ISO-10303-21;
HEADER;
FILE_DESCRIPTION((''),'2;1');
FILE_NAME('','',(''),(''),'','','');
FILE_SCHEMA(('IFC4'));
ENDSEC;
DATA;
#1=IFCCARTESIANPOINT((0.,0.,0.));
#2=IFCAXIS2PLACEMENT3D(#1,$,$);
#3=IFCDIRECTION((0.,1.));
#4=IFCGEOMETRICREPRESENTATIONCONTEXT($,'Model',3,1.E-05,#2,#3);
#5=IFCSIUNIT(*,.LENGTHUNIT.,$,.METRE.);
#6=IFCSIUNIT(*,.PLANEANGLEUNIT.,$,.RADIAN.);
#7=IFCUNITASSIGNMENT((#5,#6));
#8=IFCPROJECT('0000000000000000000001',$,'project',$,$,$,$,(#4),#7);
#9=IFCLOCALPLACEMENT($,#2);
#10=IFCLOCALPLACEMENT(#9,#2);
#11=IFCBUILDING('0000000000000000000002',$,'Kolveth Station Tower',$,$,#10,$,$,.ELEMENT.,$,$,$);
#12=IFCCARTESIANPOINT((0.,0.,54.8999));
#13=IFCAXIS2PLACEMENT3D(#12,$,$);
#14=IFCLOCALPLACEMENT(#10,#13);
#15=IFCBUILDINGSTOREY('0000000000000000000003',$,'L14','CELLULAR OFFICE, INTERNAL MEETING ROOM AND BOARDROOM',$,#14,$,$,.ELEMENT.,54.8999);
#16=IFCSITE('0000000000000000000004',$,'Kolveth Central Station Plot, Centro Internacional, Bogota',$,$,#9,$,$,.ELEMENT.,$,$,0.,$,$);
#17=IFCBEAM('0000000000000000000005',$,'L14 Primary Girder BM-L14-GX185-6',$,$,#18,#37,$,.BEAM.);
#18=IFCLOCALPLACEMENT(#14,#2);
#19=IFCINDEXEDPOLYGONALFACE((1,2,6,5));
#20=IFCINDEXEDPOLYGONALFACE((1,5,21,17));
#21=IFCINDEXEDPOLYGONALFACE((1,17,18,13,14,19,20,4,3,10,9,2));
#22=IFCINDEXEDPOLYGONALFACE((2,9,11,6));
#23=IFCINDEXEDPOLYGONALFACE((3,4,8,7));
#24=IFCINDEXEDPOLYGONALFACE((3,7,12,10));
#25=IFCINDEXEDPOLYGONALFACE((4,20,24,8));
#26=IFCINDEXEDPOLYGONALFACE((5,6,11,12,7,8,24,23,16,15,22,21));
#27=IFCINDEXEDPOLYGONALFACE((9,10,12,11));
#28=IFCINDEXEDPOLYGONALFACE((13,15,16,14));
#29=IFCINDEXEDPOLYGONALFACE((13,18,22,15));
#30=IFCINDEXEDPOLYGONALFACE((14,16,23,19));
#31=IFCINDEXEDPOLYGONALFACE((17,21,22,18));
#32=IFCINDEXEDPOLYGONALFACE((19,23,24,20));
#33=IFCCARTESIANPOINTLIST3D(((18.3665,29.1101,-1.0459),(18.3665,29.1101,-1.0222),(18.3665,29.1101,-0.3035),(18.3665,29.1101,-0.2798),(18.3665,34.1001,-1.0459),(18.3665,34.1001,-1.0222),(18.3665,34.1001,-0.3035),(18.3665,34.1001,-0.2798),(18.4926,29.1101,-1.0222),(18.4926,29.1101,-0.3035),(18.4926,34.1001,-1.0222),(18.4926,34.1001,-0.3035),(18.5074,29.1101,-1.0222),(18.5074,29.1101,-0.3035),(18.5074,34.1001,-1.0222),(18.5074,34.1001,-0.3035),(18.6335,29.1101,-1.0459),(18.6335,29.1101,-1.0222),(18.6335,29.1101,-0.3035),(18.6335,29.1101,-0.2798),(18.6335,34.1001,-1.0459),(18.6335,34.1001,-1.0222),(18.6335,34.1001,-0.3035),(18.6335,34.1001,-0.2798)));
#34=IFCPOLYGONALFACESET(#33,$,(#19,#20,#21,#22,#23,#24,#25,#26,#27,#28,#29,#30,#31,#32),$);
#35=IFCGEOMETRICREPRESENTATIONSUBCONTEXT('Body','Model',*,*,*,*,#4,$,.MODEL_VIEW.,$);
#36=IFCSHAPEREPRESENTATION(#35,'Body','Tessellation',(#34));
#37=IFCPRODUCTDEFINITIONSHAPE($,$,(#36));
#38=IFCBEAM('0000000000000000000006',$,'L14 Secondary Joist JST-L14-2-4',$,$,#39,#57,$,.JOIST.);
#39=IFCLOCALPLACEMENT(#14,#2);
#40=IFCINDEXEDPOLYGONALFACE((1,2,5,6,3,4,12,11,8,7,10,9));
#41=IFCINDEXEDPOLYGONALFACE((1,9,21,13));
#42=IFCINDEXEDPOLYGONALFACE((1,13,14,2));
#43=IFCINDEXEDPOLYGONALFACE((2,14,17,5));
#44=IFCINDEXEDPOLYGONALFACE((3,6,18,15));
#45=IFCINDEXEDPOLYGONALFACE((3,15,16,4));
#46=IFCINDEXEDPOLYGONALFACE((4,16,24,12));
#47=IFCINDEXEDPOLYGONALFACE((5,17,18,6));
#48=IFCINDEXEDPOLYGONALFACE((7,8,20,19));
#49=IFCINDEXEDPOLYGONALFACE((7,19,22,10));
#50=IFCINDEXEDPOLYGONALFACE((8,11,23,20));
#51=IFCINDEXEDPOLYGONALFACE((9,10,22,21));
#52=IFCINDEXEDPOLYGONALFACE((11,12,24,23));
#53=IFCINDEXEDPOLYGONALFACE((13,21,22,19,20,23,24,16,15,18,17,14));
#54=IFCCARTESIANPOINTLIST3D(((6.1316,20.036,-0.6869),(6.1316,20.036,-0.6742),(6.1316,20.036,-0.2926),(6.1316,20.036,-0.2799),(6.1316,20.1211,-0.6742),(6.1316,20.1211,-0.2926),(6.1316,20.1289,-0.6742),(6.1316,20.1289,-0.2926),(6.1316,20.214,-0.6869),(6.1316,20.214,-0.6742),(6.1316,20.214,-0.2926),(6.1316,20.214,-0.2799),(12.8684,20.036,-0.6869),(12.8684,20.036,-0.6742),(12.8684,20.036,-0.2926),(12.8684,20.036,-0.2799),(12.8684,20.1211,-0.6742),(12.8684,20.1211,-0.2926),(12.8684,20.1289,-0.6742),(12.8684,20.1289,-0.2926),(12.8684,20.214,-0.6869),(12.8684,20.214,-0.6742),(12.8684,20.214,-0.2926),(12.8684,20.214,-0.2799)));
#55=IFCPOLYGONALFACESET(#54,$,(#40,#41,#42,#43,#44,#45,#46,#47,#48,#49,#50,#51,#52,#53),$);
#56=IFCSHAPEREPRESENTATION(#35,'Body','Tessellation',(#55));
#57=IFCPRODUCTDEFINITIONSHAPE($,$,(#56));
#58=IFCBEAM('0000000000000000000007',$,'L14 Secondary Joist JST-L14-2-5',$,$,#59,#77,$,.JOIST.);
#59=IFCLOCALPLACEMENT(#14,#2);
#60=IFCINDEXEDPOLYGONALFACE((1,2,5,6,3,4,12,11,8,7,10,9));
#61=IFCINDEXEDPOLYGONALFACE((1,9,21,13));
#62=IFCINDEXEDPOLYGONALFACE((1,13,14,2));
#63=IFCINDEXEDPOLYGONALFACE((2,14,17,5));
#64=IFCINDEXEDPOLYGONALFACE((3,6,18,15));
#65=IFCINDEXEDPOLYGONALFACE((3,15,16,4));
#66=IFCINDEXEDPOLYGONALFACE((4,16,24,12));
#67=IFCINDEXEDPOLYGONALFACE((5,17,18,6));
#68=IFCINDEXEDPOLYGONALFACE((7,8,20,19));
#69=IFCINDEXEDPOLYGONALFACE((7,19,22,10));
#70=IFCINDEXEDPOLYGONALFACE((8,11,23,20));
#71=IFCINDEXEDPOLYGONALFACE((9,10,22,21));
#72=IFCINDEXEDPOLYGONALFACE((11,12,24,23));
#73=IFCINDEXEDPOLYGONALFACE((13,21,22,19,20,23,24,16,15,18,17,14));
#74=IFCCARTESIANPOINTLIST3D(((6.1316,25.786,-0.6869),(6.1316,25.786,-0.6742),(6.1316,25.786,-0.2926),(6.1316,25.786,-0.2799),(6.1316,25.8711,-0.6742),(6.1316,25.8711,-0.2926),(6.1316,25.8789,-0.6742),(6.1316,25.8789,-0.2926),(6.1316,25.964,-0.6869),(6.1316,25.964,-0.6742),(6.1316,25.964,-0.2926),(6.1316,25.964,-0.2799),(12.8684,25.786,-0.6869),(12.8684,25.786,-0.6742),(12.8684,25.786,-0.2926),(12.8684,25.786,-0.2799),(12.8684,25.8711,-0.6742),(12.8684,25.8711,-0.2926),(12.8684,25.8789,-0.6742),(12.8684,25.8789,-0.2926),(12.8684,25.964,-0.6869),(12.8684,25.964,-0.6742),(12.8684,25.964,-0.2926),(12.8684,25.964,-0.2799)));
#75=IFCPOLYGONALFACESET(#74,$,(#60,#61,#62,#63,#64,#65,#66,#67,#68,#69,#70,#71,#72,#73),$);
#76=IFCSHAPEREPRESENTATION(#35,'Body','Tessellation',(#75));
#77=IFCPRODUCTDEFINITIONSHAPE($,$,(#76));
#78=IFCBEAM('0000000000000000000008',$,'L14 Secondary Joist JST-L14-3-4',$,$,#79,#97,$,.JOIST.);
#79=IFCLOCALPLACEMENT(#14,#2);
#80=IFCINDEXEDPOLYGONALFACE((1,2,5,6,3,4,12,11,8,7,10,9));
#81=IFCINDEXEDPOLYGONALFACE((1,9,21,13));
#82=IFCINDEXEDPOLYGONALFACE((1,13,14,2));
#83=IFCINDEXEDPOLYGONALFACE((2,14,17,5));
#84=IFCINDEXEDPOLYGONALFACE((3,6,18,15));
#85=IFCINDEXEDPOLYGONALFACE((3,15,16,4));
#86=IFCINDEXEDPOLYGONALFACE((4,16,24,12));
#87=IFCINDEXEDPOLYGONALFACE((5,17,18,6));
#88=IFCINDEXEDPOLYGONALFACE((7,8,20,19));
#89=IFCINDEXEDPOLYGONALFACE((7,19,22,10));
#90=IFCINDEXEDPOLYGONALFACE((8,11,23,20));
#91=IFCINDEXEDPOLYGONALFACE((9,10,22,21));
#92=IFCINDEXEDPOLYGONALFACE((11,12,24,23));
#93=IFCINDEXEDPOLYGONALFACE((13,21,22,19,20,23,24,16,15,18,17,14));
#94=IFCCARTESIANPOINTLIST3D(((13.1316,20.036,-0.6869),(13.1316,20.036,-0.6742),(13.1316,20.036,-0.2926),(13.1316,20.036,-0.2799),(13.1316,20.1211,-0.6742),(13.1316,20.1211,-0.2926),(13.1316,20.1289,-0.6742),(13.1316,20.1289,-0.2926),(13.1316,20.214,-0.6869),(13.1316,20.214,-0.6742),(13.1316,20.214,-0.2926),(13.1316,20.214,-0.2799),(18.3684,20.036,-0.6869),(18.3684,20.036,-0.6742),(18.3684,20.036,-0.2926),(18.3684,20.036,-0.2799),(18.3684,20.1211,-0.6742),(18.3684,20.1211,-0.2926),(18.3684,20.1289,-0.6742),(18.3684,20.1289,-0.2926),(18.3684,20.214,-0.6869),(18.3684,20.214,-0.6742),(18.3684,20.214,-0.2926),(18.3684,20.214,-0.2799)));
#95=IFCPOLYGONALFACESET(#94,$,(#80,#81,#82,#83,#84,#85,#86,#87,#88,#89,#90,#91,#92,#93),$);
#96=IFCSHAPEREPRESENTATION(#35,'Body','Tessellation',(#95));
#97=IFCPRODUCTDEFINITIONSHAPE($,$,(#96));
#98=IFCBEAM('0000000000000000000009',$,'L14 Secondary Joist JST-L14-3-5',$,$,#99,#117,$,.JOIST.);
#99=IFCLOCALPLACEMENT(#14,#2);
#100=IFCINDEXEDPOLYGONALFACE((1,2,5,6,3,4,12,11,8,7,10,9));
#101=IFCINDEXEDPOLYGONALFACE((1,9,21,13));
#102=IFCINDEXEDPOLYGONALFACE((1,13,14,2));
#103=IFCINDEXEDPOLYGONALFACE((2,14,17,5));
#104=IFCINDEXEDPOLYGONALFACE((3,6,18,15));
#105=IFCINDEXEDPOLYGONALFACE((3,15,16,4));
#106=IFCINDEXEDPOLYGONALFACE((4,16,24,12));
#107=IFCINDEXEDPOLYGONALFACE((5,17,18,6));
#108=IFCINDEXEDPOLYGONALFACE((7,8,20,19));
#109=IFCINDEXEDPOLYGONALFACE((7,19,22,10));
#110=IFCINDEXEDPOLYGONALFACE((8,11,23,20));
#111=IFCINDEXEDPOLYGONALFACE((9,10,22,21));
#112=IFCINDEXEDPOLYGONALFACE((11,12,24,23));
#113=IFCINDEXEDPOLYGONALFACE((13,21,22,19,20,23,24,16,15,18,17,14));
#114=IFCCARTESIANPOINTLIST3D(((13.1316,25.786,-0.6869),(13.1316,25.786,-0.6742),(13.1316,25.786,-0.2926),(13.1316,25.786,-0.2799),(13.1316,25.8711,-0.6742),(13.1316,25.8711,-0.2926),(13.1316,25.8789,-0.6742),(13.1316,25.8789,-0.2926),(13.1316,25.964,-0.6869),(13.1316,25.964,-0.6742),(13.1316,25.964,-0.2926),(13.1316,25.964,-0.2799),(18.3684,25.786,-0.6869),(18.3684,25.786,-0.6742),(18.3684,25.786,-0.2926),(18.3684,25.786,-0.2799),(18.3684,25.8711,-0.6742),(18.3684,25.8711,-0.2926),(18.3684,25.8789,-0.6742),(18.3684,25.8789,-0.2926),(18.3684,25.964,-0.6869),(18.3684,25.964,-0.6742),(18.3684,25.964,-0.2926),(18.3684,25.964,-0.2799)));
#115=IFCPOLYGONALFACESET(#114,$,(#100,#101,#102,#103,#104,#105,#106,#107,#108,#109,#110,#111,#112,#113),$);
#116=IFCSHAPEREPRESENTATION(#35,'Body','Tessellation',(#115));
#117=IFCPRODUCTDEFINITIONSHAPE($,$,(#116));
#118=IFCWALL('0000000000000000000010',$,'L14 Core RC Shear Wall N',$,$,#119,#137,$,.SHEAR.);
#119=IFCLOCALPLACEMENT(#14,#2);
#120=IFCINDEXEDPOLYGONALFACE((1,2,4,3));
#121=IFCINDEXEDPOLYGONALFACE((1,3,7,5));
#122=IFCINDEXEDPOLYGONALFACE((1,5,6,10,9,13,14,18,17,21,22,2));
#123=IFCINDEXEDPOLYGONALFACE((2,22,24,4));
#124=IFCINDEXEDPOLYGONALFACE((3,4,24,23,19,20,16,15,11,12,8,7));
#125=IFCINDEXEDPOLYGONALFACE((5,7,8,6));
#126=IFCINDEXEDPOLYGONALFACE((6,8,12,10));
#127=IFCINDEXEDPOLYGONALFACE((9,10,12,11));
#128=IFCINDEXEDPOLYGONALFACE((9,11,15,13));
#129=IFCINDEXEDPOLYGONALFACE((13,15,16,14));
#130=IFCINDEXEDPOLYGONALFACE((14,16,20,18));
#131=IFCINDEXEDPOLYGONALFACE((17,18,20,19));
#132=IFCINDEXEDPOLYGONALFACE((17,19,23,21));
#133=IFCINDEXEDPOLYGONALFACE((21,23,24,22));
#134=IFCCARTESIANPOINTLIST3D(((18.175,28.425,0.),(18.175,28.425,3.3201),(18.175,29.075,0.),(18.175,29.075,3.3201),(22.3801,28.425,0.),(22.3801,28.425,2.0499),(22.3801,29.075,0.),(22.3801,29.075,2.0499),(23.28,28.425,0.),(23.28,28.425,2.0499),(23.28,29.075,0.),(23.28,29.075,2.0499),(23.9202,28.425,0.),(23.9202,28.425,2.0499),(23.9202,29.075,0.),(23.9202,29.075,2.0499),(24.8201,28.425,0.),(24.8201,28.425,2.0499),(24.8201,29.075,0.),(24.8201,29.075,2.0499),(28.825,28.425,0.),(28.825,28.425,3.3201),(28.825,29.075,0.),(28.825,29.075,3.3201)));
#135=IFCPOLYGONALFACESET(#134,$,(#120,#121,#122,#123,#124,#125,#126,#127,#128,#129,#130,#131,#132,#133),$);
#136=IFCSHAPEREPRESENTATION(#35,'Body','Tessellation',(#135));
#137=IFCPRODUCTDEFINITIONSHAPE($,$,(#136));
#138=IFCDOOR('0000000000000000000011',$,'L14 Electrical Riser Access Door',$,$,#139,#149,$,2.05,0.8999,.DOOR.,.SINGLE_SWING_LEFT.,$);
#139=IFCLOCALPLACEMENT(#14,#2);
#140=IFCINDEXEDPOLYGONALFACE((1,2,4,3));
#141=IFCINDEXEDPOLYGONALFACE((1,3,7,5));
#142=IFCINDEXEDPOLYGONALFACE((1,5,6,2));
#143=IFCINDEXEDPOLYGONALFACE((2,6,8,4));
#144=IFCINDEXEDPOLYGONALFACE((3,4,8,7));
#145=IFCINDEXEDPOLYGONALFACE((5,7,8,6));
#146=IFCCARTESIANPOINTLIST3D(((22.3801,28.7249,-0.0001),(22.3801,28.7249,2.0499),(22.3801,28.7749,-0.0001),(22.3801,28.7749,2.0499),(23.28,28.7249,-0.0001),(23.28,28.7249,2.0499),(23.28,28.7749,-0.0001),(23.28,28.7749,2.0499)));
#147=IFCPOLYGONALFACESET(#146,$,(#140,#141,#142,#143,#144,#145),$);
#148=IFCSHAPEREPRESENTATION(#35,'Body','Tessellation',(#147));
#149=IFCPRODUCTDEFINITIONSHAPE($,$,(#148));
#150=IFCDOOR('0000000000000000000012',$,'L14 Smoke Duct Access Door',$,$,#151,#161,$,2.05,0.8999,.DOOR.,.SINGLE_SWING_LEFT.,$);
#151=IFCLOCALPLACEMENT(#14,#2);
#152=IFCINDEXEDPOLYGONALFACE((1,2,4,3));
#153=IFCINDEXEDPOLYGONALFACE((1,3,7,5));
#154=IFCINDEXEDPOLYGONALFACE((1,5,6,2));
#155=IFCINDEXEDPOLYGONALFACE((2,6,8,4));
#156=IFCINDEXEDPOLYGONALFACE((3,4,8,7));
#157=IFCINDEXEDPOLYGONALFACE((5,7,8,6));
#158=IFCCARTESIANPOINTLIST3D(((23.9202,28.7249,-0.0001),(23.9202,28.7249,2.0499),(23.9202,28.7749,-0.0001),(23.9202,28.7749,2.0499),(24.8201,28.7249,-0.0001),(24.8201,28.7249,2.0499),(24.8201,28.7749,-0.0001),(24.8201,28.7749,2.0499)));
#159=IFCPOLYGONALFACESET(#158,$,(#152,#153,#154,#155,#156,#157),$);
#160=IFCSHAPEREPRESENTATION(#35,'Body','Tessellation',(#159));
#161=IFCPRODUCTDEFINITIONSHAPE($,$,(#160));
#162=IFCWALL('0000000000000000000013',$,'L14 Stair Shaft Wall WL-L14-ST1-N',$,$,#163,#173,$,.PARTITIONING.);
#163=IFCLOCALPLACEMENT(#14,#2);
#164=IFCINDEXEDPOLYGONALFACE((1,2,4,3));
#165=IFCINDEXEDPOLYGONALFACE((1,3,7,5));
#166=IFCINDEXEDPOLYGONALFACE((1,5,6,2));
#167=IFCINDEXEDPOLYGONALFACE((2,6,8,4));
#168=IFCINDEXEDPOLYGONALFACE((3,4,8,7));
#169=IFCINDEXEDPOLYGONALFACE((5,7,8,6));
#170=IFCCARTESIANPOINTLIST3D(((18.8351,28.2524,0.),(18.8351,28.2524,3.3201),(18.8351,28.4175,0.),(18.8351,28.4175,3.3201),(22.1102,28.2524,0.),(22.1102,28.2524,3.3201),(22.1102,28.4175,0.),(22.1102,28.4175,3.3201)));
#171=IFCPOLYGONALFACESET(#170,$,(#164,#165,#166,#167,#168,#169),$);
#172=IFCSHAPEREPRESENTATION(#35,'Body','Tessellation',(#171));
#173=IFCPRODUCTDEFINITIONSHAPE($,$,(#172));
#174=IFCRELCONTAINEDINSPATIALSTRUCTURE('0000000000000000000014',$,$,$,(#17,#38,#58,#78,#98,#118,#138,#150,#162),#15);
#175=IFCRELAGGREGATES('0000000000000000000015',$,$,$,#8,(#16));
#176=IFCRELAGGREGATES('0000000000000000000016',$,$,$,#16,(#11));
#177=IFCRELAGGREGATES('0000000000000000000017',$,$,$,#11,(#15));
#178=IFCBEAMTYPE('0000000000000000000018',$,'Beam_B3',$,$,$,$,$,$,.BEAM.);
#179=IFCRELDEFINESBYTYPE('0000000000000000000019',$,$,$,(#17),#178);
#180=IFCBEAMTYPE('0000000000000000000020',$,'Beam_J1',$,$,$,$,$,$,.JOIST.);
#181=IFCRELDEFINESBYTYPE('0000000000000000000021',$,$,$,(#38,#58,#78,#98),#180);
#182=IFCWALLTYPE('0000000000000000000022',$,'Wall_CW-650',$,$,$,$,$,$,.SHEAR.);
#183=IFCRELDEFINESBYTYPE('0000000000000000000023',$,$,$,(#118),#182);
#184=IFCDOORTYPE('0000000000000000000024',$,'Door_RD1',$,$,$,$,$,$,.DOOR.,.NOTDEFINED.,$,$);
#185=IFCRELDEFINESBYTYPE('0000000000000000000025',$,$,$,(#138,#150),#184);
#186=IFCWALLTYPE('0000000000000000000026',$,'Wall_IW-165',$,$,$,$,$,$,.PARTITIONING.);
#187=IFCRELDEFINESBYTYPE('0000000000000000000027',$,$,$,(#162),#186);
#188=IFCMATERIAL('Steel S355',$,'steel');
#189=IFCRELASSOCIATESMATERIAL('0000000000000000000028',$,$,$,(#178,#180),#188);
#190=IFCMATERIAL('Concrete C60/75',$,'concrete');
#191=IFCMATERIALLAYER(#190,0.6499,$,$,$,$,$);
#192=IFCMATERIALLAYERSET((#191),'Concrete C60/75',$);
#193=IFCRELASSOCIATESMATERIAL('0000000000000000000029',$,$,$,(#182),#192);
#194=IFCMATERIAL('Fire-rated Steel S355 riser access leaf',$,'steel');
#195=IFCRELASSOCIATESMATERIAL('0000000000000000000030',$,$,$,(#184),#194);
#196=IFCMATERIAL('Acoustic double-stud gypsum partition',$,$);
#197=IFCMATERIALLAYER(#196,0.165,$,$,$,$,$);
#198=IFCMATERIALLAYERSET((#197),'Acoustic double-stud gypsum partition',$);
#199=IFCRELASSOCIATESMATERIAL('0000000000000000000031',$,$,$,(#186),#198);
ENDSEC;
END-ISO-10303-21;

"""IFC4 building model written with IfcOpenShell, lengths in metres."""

from ifc_helpers import new_model, si_unit, direction, frame, frame_2d, origin, origin_2d, place, context, subcontext, project, spatial, rectangle, i_section, extrude, source, transform, mapped, material, layer, layer_set, material_profile, profile_set, type_object, element, fill, save


model = new_model("IFC4")

# Units and contexts
model_context = context("Model", 3, precision=1e-05, world=origin(), true_north=direction((0.0, 1.0)))
body_context = subcontext(model_context, "Body", "Model", "MODEL_VIEW")
ifc_project = project(units=[si_unit("LENGTHUNIT", "METRE"), si_unit("PLANEANGLEUNIT", "RADIAN")], contexts=[model_context])

# Site, building, storey
site_placement = place(None, origin())
site = spatial("IfcSite", under=ifc_project, at=site_placement, Name="Kolveth Central Station Plot, Centro Internacional, Bogota", CompositionType="ELEMENT", RefElevation=0.0)
building_placement = place(site_placement, origin())
building = spatial("IfcBuilding", under=site, at=building_placement, Name="Kolveth Station Tower", CompositionType="ELEMENT")
storey_placement = place(building_placement, frame((0.0, 0.0, 54.8999)))
storey = spatial("IfcBuildingStorey", under=building, at=storey_placement, Name="L14", Description="CELLULAR OFFICE, INTERNAL MEETING ROOM AND BOARDROOM", CompositionType="ELEMENT", Elevation=54.8999)

# Beams
ifc_material_1 = material(Name="Steel S355", Category="steel")
ifc_material_profile_1 = material_profile(ifc_material_1, i_section(OverallWidth=0.2671, OverallDepth=0.7661, WebThickness=0.0149, FlangeThickness=0.0237, at=origin_2d()), Name="W760x185")
ifc_profile_set_1 = profile_set([ifc_material_profile_1], Name="Steel S355")
beam_type_1 = type_object("IfcBeamType", Name="Beam_B3", PredefinedType="BEAM", material=ifc_profile_set_1)
shared_shape_1 = source(origin(), body_context, "Body", "SweptSolid", [
    extrude(i_section(OverallWidth=0.2671, OverallDepth=0.7661, WebThickness=0.0149, FlangeThickness=0.0237, at=origin_2d()), origin(), (0.0, 0.0, 1.0), 4.99),
])
beam_1_placement = place(storey_placement, frame((18.5, 29.1101, -0.6628), z_axis=(0.0, 1.0, 0.0), x_axis=(-1.0, 0.0, 0.0)))
element("IfcBeam", 1, at=beam_1_placement, inside=storey, type_object=beam_type_1, Name="L14 Primary Girder BM-L14-GX185-6", PredefinedType="BEAM", context=body_context, shape_type="MappedRepresentation", body=[
    mapped(shared_shape_1, transform((0.0, 0.0, 0.0), x_axis=(1.0, 0.0, 0.0), y_axis=(0.0, 1.0, 0.0), z_axis=(0.0, 0.0, 1.0), scale=1.0)),
])
ifc_material_profile_2 = material_profile(ifc_material_1, i_section(OverallWidth=0.178, OverallDepth=0.407, WebThickness=0.0078, FlangeThickness=0.0127, at=origin_2d()), Name="W410x60")
ifc_profile_set_2 = profile_set([ifc_material_profile_2], Name="Steel S355")
beam_type_2 = type_object("IfcBeamType", Name="Beam_J1", PredefinedType="JOIST", material=ifc_profile_set_2)
shared_shape_2 = source(origin(), body_context, "Body", "SweptSolid", [
    extrude(i_section(OverallWidth=0.178, OverallDepth=0.407, WebThickness=0.0078, FlangeThickness=0.0127, at=origin_2d()), origin(), (0.0, 0.0, 1.0), 6.7368),
])
for number, where, z_axis, x_axis, name in (
    (2, (6.1316, 20.125, -0.4834), (1.0, 0.0, 0.0), (0.0, 1.0, 0.0), "L14 Secondary Joist JST-L14-2-4"),
    (3, (6.1316, 25.875, -0.4834), (1.0, 0.0, 0.0), (0.0, 1.0, 0.0), "L14 Secondary Joist JST-L14-2-5"),
):
    element("IfcBeam", number, at=place(storey_placement, frame(where, z_axis=z_axis, x_axis=x_axis)), inside=storey, type_object=beam_type_2, Name=name, PredefinedType="JOIST", context=body_context, shape_type="MappedRepresentation", body=[
        mapped(shared_shape_2, transform((0.0, 0.0, 0.0), x_axis=(1.0, 0.0, 0.0), y_axis=(0.0, 1.0, 0.0), z_axis=(0.0, 0.0, 1.0), scale=1.0)),
    ])
shared_shape_3 = source(origin(), body_context, "Body", "SweptSolid", [
    extrude(i_section(OverallWidth=0.178, OverallDepth=0.407, WebThickness=0.0078, FlangeThickness=0.0127, at=origin_2d()), origin(), (0.0, 0.0, 1.0), 5.2368),
])
for number, where, z_axis, x_axis, name in (
    (4, (13.1316, 20.125, -0.4834), (1.0, 0.0, 0.0), (0.0, 1.0, 0.0), "L14 Secondary Joist JST-L14-3-4"),
    (5, (13.1316, 25.875, -0.4834), (1.0, 0.0, 0.0), (0.0, 1.0, 0.0), "L14 Secondary Joist JST-L14-3-5"),
):
    element("IfcBeam", number, at=place(storey_placement, frame(where, z_axis=z_axis, x_axis=x_axis)), inside=storey, type_object=beam_type_2, Name=name, PredefinedType="JOIST", context=body_context, shape_type="MappedRepresentation", body=[
        mapped(shared_shape_3, transform((0.0, 0.0, 0.0), x_axis=(1.0, 0.0, 0.0), y_axis=(0.0, 1.0, 0.0), z_axis=(0.0, 0.0, 1.0), scale=1.0)),
    ])

# Wall, openings, doors
ifc_material_2 = material(Name="Concrete C60/75", Category="concrete")
ifc_layer_1 = layer(ifc_material_2, 0.6499)
ifc_layer_set_1 = layer_set([ifc_layer_1], Name="Concrete C60/75")
wall_type_1 = type_object("IfcWallType", Name="Wall_CW-650", PredefinedType="SHEAR", material=ifc_layer_set_1)
wall_1_placement = place(storey_placement, frame((18.175, 28.75, 0.0), z_axis=(0.0, 0.0, 1.0), x_axis=(1.0, 0.0, 0.0)))
wall_1 = element("IfcWall", 6, at=wall_1_placement, inside=storey, type_object=wall_type_1, Name="L14 Core RC Shear Wall N", PredefinedType="SHEAR", context=body_context, shape_type="SweptSolid", body=[
    extrude(rectangle(XDim=10.6499, YDim=0.6499, at=frame_2d((5.325, 0.0))), origin(), (0.0, 0.0, 1.0), 3.3201),
])
opening_1_placement = place(wall_1_placement, frame((4.2051, 0.0, 0.0)))
opening_1 = element("IfcOpeningElement", 7, at=opening_1_placement, cuts=wall_1, PredefinedType="OPENING", context=body_context, shape_type="SweptSolid", body=[
    extrude(rectangle(XDim=0.8999, YDim=2.05, at=frame_2d((0.45, 1.0249))), frame((0.0, 0.335, 0.0), z_axis=(0.0, -1.0, 0.0), x_axis=(1.0, 0.0, 0.0)), (0.0, 0.0, 1.0), 0.6699),
])
opening_2_placement = place(wall_1_placement, frame((5.7451, 0.0, 0.0)))
opening_2 = element("IfcOpeningElement", 8, at=opening_2_placement, cuts=wall_1, PredefinedType="OPENING", context=body_context, shape_type="SweptSolid", body=[
    extrude(rectangle(XDim=0.8999, YDim=2.05, at=frame_2d((0.45, 1.0249))), frame((0.0, 0.335, 0.0), z_axis=(0.0, -1.0, 0.0), x_axis=(1.0, 0.0, 0.0)), (0.0, 0.0, 1.0), 0.6699),
])
ifc_material_3 = material(Name="Fire-rated Steel S355 riser access leaf", Category="steel")
door_type_1 = type_object("IfcDoorType", Name="Door_RD1", OperationType="NOTDEFINED", PredefinedType="DOOR", material=ifc_material_3)
door_1_placement = place(opening_1_placement, origin())
door_1 = element("IfcDoor", 9, at=door_1_placement, inside=storey, type_object=door_type_1, Name="L14 Electrical Riser Access Door", OperationType="SINGLE_SWING_LEFT", OverallHeight=2.05, OverallWidth=0.8999, PredefinedType="DOOR", context=body_context, shape_type="SweptSolid", body=[
    extrude(rectangle(XDim=0.8999, YDim=2.05, at=frame_2d((0.45, 1.0249))), frame((0.0, 0.0249, 0.0), z_axis=(0.0, -1.0, 0.0), x_axis=(1.0, 0.0, 0.0)), (0.0, 0.0, 1.0), 0.05),
])
fill(opening_1, door_1)
door_2_placement = place(opening_2_placement, origin())
door_2 = element("IfcDoor", 10, at=door_2_placement, inside=storey, type_object=door_type_1, Name="L14 Smoke Duct Access Door", OperationType="SINGLE_SWING_LEFT", OverallHeight=2.05, OverallWidth=0.8999, PredefinedType="DOOR", context=body_context, shape_type="SweptSolid", body=[
    extrude(rectangle(XDim=0.8999, YDim=2.05, at=frame_2d((0.45, 1.0249))), frame((0.0, 0.0249, 0.0), z_axis=(0.0, -1.0, 0.0), x_axis=(1.0, 0.0, 0.0)), (0.0, 0.0, 1.0), 0.05),
])
fill(opening_2, door_2)

# Wall
ifc_material_4 = material(Name="Acoustic double-stud gypsum partition")
ifc_layer_2 = layer(ifc_material_4, 0.165)
ifc_layer_set_2 = layer_set([ifc_layer_2], Name="Acoustic double-stud gypsum partition")
wall_type_2 = type_object("IfcWallType", Name="Wall_IW-165", PredefinedType="PARTITIONING", material=ifc_layer_set_2)
wall_2_placement = place(storey_placement, frame((18.835, 28.335, 0.0), z_axis=(0.0, 0.0, 1.0), x_axis=(1.0, 0.0, 0.0)))
element("IfcWall", 11, at=wall_2_placement, inside=storey, type_object=wall_type_2, Name="L14 Stair Shaft Wall WL-L14-ST1-N", PredefinedType="PARTITIONING", context=body_context, shape_type="SweptSolid", body=[
    extrude(rectangle(XDim=3.2751, YDim=0.165, at=frame_2d((1.6377, 0.0))), origin(), (0.0, 0.0, 1.0), 3.3201),
])

save(model, "model.ifc")
